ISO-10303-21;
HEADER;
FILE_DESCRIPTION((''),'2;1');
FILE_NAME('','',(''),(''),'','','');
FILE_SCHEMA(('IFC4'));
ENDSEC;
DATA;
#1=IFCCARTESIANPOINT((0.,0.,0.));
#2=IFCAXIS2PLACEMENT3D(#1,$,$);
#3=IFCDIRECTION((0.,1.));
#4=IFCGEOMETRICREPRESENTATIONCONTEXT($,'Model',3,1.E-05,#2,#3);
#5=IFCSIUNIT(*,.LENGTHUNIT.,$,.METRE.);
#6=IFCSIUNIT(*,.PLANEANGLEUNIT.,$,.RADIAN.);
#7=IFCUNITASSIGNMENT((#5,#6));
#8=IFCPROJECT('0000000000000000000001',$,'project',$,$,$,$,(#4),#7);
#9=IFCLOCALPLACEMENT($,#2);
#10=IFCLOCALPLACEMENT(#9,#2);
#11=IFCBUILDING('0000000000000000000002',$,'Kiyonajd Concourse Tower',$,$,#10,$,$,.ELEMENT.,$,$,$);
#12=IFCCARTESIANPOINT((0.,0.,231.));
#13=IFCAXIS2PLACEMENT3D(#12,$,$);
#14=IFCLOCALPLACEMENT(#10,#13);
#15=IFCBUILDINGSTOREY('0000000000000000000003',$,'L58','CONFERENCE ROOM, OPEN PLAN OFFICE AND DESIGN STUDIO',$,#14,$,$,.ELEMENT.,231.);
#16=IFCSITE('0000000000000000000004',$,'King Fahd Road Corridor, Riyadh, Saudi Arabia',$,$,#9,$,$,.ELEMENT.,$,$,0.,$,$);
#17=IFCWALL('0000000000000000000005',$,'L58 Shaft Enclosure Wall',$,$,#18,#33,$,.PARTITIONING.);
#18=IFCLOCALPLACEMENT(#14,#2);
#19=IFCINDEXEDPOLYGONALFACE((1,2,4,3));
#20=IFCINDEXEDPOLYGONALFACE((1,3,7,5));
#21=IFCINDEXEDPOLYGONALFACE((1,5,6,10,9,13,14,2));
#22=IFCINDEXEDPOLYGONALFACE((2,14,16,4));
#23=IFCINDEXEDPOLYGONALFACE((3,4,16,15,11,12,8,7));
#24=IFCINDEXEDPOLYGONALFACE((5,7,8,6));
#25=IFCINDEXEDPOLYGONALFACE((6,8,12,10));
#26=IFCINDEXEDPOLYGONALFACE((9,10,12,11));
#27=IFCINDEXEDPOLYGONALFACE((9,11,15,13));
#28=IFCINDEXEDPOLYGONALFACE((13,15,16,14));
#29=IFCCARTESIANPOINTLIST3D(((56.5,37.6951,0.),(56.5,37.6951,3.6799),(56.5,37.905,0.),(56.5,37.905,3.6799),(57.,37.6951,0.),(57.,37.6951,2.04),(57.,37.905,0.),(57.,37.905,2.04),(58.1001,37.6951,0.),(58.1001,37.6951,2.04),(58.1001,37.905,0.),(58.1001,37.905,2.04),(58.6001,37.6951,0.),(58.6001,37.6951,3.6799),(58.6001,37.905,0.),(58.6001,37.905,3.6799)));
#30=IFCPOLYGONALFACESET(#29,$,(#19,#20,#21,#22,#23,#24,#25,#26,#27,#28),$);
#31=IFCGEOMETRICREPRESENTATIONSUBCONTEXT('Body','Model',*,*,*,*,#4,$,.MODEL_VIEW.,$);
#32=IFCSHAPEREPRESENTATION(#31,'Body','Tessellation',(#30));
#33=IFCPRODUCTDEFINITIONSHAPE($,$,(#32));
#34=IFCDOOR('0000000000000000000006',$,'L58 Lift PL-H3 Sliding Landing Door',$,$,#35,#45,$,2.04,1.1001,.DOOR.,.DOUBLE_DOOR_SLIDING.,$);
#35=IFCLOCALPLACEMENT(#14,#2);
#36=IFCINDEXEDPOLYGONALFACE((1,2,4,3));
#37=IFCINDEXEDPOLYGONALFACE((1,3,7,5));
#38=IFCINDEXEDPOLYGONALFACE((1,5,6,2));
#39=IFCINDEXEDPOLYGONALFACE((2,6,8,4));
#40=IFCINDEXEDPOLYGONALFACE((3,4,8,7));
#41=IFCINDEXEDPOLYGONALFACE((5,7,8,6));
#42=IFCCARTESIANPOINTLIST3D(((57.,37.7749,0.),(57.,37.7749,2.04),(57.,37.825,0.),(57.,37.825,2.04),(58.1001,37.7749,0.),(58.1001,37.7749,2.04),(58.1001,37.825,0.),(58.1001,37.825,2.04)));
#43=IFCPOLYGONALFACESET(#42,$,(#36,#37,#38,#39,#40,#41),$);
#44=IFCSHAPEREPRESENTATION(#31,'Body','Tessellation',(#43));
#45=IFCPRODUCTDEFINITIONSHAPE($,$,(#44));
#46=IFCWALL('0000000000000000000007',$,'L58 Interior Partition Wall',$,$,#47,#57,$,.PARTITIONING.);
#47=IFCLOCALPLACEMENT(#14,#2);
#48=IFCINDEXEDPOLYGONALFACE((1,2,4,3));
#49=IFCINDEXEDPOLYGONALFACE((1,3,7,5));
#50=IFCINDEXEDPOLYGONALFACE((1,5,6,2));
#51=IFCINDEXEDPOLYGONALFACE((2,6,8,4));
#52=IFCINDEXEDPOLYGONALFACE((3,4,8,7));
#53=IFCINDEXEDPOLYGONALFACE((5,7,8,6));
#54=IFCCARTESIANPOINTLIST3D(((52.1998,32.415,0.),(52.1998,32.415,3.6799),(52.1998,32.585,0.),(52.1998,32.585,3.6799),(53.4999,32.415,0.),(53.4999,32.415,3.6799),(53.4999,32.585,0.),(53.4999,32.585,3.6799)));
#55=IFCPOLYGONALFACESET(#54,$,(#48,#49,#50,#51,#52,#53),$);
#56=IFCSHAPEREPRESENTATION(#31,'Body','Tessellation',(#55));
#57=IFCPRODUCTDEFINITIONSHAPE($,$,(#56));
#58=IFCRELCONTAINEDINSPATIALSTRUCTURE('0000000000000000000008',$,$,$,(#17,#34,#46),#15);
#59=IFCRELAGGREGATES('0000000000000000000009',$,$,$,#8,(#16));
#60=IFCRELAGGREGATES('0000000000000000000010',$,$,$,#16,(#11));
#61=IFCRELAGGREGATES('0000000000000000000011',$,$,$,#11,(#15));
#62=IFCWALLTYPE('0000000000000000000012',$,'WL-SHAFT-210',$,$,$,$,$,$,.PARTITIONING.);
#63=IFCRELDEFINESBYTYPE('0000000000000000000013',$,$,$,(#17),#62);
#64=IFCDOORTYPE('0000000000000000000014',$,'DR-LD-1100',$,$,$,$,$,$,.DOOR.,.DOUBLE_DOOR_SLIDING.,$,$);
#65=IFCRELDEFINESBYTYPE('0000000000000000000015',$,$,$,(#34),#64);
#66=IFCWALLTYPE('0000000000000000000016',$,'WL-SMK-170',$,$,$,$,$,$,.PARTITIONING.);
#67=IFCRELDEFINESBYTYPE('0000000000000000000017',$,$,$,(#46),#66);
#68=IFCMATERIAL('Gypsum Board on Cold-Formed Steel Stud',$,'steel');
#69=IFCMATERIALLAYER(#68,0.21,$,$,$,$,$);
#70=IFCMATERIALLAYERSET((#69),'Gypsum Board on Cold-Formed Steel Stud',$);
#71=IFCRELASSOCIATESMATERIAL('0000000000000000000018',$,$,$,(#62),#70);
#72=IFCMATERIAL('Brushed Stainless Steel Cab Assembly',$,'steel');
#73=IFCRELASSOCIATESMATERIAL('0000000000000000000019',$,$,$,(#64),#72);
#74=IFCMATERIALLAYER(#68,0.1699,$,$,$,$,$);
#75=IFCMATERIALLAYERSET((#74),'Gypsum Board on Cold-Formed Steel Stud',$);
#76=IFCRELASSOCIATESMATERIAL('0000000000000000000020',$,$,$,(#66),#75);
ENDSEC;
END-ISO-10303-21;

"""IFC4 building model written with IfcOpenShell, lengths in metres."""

from ifc_helpers import new_model, si_unit, direction, frame, frame_2d, origin, place, context, subcontext, project, spatial, rectangle, extrude, material, layer, layer_set, type_object, element, fill, save


model = new_model("IFC4")

# Units and contexts
model_context = context("Model", 3, precision=1e-05, world=origin(), true_north=direction((0.0, 1.0)))
body_context = subcontext(model_context, "Body", "Model", "MODEL_VIEW")
ifc_project = project(units=[si_unit("LENGTHUNIT", "METRE"), si_unit("PLANEANGLEUNIT", "RADIAN")], contexts=[model_context])

# Site, building, storey
site_placement = place(None, origin())
site = spatial("IfcSite", under=ifc_project, at=site_placement, Name="King Fahd Road Corridor, Riyadh, Saudi Arabia", CompositionType="ELEMENT", RefElevation=0.0)
building_placement = place(site_placement, origin())
building = spatial("IfcBuilding", under=site, at=building_placement, Name="Kiyonajd Concourse Tower", CompositionType="ELEMENT")
storey_placement = place(building_placement, frame((0.0, 0.0, 231.0)))
storey = spatial("IfcBuildingStorey", under=building, at=storey_placement, Name="L58", Description="CONFERENCE ROOM, OPEN PLAN OFFICE AND DESIGN STUDIO", CompositionType="ELEMENT", Elevation=231.0)

# Shared definitions
ifc_material_1 = material(Name="Gypsum Board on Cold-Formed Steel Stud", Category="steel")
ifc_layer_1 = layer(ifc_material_1, 0.21)
ifc_layer_set_1 = layer_set([ifc_layer_1], Name="Gypsum Board on Cold-Formed Steel Stud")
wall_type_1 = type_object("IfcWallType", Name="WL-SHAFT-210", PredefinedType="PARTITIONING", material=ifc_layer_set_1)
ifc_material_2 = material(Name="Brushed Stainless Steel Cab Assembly", Category="steel")

# Shared definitions
door_type_1 = type_object("IfcDoorType", Name="DR-LD-1100", OperationType="DOUBLE_DOOR_SLIDING", PredefinedType="DOOR", material=ifc_material_2)

# Wall, opening, door
wall_1_placement = place(storey_placement, frame((56.5, 37.8, 0.0), z_axis=(0.0, 0.0, 1.0), x_axis=(1.0, 0.0, 0.0)))
wall_1 = element("IfcWall", 1, at=wall_1_placement, inside=storey, type_object=wall_type_1, Name="L58 Shaft Enclosure Wall", PredefinedType="PARTITIONING", context=body_context, shape_type="SweptSolid", body=[
    extrude(rectangle(XDim=2.1001, YDim=0.21, at=frame_2d((1.05, 0.0))), origin(), (0.0, 0.0, 1.0), 3.6799),
])
opening_1_placement = place(wall_1_placement, frame((0.5, 0.0, 0.0)))
opening_1 = element("IfcOpeningElement", 2, at=opening_1_placement, cuts=wall_1, PredefinedType="OPENING", context=body_context, shape_type="SweptSolid", body=[
    extrude(rectangle(XDim=1.1001, YDim=2.04, at=frame_2d((0.55, 1.02))), frame((0.0, 0.115, 0.0), z_axis=(0.0, -1.0, 0.0), x_axis=(1.0, 0.0, 0.0)), (0.0, 0.0, 1.0), 0.23),
])
door_1_placement = place(opening_1_placement, origin())
door_1 = element("IfcDoor", 3, at=door_1_placement, inside=storey, type_object=door_type_1, Name="L58 Lift PL-H3 Sliding Landing Door", OperationType="DOUBLE_DOOR_SLIDING", OverallHeight=2.04, OverallWidth=1.1001, PredefinedType="DOOR", context=body_context, shape_type="SweptSolid", body=[
    extrude(rectangle(XDim=1.1001, YDim=2.04, at=frame_2d((0.55, 1.02))), frame((0.0, 0.0249, 0.0), z_axis=(0.0, -1.0, 0.0), x_axis=(1.0, 0.0, 0.0)), (0.0, 0.0, 1.0), 0.05),
])
fill(opening_1, door_1)

# Wall
ifc_layer_2 = layer(ifc_material_1, 0.1699)
ifc_layer_set_2 = layer_set([ifc_layer_2], Name="Gypsum Board on Cold-Formed Steel Stud")
wall_type_2 = type_object("IfcWallType", Name="WL-SMK-170", PredefinedType="PARTITIONING", material=ifc_layer_set_2)
wall_2_placement = place(storey_placement, frame((52.2, 32.5, 0.0), z_axis=(0.0, 0.0, 1.0), x_axis=(1.0, 0.0, 0.0)))
element("IfcWall", 4, at=wall_2_placement, inside=storey, type_object=wall_type_2, Name="L58 Interior Partition Wall", PredefinedType="PARTITIONING", context=body_context, shape_type="SweptSolid", body=[
    extrude(rectangle(XDim=1.3, YDim=0.1699, at=frame_2d((0.6499, 0.0))), origin(), (0.0, 0.0, 1.0), 3.6799),
])

save(model, "model.ifc")
